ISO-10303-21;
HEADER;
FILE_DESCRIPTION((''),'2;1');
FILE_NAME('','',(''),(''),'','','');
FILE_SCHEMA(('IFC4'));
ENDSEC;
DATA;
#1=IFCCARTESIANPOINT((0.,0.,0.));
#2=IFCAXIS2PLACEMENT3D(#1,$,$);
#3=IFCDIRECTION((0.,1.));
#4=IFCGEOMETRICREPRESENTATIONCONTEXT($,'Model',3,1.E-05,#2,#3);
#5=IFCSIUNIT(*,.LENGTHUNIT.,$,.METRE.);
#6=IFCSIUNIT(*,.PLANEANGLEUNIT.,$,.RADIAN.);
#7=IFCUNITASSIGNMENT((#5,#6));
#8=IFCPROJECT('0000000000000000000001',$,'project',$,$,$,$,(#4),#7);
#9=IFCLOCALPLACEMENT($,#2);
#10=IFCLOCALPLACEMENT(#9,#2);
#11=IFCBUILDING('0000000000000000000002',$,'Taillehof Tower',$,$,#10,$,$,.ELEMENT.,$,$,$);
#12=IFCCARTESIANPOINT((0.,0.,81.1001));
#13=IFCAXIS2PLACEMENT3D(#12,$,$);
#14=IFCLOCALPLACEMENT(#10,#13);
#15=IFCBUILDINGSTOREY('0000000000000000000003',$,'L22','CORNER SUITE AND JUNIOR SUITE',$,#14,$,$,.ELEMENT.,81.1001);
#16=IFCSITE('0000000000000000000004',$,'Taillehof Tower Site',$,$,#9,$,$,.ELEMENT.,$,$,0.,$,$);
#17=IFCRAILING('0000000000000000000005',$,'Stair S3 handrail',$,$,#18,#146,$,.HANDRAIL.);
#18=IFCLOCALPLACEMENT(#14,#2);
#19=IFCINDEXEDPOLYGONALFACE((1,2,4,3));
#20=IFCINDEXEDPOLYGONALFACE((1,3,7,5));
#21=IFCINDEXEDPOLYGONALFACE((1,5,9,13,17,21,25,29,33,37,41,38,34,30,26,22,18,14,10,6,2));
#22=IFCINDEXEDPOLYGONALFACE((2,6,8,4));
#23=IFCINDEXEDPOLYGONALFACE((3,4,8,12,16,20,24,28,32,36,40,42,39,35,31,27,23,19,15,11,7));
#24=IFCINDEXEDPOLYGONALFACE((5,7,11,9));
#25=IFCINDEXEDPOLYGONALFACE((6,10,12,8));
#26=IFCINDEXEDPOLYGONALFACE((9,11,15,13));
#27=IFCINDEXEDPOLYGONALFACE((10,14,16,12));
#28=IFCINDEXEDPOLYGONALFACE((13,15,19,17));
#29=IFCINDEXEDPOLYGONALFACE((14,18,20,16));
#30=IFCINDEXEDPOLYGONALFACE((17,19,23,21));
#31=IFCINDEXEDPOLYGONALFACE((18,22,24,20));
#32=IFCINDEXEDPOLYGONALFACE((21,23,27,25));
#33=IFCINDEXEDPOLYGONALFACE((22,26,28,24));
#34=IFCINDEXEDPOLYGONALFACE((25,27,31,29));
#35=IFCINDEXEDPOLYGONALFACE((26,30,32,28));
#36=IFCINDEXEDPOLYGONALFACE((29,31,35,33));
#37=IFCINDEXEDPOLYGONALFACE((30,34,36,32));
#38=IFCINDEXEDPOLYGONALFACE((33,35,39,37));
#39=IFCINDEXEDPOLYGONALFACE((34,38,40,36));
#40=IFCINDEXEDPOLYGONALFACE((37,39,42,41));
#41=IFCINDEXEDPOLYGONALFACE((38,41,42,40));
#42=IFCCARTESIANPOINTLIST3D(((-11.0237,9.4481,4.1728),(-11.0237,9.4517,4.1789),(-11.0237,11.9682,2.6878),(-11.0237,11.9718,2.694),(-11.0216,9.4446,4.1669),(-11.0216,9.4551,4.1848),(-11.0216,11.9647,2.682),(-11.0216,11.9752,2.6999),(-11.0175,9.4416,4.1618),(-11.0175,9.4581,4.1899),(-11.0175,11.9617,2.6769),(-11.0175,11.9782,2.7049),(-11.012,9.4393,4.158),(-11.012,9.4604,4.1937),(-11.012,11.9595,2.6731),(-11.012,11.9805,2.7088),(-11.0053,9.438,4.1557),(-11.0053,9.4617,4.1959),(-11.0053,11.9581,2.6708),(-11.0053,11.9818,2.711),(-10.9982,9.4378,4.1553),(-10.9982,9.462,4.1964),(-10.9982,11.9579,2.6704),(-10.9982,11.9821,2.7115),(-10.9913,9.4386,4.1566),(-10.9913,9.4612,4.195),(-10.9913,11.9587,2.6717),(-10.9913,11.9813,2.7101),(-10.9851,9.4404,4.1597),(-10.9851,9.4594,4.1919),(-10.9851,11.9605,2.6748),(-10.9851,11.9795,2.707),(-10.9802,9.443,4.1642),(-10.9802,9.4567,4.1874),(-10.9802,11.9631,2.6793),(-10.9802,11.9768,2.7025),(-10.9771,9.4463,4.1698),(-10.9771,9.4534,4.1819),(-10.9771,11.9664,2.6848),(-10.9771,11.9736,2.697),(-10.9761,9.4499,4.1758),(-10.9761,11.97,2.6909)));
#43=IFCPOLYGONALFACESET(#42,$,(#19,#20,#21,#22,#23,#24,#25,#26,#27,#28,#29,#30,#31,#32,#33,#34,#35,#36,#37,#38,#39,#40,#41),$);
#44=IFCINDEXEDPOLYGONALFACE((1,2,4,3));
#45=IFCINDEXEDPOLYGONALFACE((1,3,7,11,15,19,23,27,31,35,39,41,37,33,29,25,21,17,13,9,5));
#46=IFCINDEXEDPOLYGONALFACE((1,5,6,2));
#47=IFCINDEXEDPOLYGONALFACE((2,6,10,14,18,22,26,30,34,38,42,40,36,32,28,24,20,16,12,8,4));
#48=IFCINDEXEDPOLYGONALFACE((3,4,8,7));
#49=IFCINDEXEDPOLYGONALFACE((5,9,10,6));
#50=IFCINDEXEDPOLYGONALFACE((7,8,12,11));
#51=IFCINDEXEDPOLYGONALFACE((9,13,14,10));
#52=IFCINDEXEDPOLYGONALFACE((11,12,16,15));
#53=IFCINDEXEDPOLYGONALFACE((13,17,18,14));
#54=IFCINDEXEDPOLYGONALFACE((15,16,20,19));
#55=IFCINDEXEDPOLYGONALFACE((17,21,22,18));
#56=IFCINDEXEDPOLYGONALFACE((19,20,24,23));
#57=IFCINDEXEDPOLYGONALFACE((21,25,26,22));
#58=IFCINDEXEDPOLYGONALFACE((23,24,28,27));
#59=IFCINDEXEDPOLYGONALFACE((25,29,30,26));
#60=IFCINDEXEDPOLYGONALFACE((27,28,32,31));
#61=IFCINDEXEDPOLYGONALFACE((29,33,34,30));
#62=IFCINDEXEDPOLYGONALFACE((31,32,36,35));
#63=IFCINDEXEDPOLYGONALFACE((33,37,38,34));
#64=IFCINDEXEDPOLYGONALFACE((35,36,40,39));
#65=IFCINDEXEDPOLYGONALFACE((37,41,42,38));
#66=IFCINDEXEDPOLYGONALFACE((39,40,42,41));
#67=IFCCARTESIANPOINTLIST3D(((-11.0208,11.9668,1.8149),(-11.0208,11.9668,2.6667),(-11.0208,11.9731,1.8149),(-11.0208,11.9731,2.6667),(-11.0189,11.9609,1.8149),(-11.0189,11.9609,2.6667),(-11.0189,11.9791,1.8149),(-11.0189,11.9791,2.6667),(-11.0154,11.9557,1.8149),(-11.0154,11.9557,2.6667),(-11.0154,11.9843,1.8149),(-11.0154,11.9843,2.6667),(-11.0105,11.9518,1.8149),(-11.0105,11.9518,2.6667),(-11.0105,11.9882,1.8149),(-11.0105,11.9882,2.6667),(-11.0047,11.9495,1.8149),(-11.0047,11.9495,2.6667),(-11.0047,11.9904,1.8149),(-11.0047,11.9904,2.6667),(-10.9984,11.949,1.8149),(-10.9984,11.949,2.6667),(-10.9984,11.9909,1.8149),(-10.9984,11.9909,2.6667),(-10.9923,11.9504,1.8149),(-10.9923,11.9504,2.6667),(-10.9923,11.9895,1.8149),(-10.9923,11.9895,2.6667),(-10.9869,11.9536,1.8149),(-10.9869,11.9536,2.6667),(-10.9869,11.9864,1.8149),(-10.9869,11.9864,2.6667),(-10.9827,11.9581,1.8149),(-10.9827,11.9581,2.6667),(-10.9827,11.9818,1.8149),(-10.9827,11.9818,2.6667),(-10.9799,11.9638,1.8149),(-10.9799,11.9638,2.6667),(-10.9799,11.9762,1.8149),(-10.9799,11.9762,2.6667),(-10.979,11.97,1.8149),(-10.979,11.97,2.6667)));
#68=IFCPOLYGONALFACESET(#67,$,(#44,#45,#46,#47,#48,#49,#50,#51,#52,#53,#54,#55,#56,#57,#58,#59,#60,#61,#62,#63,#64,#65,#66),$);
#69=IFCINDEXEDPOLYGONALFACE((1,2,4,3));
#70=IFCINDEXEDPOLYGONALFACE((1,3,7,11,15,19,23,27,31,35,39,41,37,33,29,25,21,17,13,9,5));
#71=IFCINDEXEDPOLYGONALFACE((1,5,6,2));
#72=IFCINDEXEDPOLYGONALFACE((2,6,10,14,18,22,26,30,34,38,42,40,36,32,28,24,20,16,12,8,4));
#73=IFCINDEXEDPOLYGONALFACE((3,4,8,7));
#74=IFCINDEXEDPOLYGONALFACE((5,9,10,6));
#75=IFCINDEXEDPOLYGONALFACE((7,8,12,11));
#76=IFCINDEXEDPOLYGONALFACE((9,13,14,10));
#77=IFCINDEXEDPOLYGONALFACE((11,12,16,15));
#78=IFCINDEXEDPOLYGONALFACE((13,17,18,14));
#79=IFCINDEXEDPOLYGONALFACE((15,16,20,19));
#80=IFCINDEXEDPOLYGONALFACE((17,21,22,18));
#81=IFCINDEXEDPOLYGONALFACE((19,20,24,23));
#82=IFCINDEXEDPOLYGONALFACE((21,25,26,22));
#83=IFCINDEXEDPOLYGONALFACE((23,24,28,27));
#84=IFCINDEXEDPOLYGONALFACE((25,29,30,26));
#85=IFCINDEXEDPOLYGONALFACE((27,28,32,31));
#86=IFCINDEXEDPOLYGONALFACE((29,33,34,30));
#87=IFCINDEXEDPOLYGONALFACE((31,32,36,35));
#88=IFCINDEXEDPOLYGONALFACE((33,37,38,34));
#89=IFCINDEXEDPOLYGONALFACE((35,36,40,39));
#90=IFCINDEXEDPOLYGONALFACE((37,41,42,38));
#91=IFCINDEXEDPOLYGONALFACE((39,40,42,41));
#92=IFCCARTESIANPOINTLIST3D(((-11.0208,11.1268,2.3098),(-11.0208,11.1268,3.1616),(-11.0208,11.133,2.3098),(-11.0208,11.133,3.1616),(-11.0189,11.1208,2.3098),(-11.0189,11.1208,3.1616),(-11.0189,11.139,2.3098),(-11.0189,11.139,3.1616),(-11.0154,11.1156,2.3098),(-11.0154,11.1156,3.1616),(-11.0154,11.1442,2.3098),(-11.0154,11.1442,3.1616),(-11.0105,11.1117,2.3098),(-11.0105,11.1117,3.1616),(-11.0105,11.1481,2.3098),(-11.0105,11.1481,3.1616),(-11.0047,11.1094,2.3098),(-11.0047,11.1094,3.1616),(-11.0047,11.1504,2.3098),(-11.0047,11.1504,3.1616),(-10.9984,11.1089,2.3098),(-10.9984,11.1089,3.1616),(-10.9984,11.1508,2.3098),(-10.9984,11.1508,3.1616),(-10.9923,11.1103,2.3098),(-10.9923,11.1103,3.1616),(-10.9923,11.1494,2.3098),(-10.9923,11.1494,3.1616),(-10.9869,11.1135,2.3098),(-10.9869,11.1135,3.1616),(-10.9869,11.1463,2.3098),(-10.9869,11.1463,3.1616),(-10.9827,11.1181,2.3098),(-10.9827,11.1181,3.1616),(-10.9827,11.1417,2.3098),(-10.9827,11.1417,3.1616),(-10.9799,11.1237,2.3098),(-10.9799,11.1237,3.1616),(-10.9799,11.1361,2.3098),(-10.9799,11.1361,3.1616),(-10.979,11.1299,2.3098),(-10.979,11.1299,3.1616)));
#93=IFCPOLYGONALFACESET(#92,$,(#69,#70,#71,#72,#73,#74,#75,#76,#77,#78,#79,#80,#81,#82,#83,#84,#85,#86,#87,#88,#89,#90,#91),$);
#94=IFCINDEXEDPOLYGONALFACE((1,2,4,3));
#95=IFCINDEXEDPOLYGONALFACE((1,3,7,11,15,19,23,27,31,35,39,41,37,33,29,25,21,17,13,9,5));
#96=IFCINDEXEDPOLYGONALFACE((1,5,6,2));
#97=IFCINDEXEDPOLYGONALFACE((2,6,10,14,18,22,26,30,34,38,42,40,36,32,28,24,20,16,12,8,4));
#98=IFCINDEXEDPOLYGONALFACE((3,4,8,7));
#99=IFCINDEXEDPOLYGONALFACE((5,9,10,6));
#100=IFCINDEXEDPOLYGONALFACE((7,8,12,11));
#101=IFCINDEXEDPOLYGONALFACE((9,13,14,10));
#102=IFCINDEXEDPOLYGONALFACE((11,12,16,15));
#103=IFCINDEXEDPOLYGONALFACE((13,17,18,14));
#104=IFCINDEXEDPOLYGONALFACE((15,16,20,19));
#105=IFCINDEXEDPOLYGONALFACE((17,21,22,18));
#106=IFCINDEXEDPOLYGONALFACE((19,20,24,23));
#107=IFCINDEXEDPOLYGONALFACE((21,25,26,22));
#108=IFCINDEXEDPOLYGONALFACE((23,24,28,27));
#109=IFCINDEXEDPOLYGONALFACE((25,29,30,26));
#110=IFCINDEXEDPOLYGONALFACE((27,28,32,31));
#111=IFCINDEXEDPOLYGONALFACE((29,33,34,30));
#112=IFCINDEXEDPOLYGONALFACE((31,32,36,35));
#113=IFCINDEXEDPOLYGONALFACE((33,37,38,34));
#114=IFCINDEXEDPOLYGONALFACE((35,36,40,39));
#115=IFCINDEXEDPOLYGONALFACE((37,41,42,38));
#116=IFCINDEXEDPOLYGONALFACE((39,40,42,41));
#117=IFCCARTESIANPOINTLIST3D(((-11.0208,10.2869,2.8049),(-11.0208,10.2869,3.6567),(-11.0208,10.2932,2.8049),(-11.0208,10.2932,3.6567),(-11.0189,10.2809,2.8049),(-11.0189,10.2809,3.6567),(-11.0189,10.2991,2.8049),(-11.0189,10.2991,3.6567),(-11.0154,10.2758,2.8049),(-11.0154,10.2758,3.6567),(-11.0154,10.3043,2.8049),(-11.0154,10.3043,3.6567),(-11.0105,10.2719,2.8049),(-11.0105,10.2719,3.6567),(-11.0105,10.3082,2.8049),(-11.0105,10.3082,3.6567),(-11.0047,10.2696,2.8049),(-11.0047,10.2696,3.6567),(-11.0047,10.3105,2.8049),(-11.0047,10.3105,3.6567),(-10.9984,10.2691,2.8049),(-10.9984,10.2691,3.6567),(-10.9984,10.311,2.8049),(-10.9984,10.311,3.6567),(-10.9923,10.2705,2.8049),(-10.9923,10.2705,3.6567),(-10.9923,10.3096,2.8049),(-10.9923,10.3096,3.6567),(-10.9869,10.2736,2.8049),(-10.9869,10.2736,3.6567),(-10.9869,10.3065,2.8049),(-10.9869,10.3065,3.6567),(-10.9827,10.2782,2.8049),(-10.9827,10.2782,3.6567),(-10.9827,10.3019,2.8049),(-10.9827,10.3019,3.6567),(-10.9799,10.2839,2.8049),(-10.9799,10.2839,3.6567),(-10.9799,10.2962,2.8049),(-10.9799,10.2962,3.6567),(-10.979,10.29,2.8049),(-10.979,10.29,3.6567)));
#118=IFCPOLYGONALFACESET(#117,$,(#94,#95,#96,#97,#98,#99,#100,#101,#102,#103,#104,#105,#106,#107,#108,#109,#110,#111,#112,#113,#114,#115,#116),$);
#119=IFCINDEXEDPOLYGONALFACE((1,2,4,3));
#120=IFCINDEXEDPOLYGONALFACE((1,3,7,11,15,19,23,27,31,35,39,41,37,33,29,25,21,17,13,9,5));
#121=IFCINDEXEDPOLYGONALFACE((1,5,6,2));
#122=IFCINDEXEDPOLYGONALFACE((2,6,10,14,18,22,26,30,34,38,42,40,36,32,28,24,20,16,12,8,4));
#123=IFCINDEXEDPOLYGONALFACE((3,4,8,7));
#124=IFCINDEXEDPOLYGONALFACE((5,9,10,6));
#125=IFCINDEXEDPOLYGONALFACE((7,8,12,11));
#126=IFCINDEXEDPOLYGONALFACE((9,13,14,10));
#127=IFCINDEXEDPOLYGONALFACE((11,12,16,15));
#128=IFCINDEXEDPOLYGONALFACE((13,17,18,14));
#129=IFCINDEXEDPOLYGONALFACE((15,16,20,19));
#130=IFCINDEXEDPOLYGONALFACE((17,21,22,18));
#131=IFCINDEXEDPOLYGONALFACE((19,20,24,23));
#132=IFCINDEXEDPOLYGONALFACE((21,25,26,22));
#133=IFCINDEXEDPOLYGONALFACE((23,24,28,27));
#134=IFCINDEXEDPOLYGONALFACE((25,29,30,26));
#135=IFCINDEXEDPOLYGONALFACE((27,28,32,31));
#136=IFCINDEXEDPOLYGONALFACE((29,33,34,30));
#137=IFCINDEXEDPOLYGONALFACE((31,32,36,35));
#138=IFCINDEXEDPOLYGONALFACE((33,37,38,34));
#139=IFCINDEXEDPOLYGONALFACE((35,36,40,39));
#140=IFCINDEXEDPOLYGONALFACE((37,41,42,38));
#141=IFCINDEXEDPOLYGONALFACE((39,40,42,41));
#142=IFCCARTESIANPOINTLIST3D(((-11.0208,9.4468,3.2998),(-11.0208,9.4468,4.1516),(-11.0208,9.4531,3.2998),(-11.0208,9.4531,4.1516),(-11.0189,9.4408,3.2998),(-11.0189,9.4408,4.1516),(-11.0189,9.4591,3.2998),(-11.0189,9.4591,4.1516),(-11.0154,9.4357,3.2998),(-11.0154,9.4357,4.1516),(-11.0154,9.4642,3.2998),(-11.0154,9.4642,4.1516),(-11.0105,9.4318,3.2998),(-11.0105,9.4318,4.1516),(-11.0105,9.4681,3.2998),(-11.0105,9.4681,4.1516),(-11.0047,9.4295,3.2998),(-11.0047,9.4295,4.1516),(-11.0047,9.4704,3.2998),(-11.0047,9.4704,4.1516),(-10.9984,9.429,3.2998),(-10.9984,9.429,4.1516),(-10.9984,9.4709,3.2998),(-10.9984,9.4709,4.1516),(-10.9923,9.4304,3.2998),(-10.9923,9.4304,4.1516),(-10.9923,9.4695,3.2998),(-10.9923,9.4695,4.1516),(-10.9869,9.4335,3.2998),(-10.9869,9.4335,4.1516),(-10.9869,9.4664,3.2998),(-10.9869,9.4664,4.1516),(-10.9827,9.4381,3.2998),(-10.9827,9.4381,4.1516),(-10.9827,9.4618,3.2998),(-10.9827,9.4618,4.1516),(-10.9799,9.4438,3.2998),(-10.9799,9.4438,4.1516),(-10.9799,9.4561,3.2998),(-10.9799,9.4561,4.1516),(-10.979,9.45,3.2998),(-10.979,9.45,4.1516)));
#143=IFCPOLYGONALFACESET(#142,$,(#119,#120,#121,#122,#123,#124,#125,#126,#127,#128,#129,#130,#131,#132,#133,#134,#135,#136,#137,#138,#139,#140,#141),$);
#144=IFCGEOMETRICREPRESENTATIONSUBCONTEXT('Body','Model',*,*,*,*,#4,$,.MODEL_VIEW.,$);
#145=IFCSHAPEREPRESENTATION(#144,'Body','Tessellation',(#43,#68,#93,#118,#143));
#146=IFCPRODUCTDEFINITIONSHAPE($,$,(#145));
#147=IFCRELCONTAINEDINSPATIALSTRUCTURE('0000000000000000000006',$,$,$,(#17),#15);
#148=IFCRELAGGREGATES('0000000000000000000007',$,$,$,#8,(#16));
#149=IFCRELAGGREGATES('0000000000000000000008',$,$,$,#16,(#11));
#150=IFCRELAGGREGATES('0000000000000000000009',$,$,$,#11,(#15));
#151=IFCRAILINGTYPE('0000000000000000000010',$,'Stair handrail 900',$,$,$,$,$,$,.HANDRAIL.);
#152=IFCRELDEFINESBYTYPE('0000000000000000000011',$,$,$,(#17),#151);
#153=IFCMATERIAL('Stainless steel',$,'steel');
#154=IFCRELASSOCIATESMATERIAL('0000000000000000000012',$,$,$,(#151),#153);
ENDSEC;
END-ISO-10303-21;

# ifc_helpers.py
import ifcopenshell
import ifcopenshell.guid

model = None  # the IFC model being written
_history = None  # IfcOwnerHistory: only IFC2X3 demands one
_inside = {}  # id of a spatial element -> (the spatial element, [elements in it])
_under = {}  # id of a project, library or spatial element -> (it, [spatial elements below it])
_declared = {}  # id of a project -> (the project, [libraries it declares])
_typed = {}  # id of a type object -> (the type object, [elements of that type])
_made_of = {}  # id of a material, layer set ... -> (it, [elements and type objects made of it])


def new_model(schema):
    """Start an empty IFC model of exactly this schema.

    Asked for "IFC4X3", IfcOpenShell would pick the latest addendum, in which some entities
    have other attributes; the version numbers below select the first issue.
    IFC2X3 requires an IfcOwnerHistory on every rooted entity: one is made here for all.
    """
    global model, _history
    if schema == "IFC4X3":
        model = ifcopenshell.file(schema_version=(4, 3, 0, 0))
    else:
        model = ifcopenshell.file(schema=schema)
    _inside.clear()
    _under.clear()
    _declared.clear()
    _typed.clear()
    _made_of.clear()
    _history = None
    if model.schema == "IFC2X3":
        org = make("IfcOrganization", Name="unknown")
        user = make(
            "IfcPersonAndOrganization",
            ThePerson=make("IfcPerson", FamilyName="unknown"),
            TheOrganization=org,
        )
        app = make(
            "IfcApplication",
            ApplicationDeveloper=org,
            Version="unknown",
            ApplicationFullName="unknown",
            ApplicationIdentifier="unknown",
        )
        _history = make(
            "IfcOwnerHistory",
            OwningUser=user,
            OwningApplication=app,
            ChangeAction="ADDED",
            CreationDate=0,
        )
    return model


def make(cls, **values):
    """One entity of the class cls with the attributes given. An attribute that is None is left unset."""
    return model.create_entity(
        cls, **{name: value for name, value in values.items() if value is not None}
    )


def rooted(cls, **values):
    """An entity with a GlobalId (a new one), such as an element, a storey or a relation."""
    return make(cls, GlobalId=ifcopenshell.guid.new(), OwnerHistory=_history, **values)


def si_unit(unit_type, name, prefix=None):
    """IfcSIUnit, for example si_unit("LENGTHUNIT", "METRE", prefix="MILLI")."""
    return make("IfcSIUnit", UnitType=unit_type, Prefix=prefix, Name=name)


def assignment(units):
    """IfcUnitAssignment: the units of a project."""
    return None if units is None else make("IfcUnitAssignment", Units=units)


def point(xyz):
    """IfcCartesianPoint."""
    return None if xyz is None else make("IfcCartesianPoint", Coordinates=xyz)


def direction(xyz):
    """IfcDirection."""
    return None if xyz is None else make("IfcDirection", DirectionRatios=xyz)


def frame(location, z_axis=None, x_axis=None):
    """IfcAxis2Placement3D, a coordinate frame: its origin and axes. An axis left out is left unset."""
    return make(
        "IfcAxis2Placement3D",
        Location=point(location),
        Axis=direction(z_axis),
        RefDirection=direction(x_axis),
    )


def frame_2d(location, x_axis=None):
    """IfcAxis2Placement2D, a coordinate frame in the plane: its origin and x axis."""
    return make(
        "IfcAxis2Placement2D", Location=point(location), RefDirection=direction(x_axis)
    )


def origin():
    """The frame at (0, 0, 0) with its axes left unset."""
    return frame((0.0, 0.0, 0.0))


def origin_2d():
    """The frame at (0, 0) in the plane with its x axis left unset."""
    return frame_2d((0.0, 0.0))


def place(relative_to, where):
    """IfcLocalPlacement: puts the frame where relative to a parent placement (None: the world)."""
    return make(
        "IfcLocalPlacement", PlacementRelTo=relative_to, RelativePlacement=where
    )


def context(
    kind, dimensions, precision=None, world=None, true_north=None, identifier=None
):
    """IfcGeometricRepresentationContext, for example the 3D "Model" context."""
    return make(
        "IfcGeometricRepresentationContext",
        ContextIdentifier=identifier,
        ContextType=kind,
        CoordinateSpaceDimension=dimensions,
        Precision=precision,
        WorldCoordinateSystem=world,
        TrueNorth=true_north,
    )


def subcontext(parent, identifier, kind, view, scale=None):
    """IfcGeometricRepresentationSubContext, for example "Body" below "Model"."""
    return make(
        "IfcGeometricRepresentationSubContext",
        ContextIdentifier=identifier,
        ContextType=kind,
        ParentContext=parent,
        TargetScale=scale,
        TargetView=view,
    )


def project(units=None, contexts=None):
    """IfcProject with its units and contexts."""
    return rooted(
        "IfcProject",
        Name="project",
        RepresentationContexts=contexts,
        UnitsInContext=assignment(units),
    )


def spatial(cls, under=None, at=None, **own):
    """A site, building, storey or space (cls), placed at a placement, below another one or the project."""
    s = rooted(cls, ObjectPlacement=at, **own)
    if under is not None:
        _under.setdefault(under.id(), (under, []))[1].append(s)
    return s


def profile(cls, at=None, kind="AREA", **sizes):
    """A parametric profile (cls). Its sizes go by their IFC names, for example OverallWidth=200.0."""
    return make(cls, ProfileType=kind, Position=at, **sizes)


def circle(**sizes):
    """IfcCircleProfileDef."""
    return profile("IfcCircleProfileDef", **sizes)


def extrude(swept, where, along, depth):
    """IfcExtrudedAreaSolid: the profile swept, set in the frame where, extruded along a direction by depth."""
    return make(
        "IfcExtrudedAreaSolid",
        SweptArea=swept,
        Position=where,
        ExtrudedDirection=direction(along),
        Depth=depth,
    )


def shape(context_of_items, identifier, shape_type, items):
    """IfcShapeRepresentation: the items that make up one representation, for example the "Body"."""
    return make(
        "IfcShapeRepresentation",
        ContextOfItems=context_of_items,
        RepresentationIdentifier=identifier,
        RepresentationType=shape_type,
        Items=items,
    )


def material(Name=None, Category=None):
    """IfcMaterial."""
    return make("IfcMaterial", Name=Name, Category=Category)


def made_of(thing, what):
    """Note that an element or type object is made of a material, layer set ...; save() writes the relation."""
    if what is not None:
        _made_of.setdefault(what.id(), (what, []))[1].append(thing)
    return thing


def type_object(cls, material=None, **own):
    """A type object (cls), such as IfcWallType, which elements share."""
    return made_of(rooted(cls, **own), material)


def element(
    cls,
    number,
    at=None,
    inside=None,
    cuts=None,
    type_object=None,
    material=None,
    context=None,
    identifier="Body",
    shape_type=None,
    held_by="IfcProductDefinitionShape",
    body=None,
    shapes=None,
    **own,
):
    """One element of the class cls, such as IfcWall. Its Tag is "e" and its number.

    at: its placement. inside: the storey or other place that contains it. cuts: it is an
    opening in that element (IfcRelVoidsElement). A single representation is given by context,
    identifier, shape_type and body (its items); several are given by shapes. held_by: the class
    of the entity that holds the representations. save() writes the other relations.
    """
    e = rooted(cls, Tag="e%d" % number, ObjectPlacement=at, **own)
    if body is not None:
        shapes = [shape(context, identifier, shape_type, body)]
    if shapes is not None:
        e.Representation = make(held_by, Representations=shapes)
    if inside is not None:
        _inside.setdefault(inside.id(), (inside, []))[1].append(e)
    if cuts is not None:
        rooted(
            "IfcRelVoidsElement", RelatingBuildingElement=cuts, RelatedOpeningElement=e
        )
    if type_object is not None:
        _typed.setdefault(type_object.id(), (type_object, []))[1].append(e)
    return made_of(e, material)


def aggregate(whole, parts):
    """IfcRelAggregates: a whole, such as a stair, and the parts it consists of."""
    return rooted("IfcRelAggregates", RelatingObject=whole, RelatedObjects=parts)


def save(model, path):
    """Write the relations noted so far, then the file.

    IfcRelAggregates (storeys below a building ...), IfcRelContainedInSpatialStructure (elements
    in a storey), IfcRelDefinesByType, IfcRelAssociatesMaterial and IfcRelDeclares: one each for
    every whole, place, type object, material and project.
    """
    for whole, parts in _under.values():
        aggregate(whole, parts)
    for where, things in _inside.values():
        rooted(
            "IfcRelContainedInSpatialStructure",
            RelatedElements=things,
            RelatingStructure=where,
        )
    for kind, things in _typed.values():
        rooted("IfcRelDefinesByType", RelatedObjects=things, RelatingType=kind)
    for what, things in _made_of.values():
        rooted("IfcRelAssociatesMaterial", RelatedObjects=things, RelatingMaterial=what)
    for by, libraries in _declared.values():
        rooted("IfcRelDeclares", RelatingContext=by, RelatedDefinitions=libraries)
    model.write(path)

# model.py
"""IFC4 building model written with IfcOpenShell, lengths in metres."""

from ifc_helpers import new_model, si_unit, direction, frame, origin, origin_2d, place, context, subcontext, project, spatial, circle, extrude, material, type_object, element, save


model = new_model("IFC4")

# Units and contexts
model_context = context("Model", 3, precision=1e-05, world=origin(), true_north=direction((0.0, 1.0)))
body_context = subcontext(model_context, "Body", "Model", "MODEL_VIEW")
ifc_project = project(units=[si_unit("LENGTHUNIT", "METRE"), si_unit("PLANEANGLEUNIT", "RADIAN")], contexts=[model_context])

# Site, building, storey
site_placement = place(None, origin())
site = spatial("IfcSite", under=ifc_project, at=site_placement, Name="Taillehof Tower Site", CompositionType="ELEMENT", RefElevation=0.0)
building_placement = place(site_placement, origin())
building = spatial("IfcBuilding", under=site, at=building_placement, Name="Taillehof Tower", CompositionType="ELEMENT")
storey_placement = place(building_placement, frame((0.0, 0.0, 81.1001)))
storey = spatial("IfcBuildingStorey", under=building, at=storey_placement, Name="L22", Description="CORNER SUITE AND JUNIOR SUITE", CompositionType="ELEMENT", Elevation=81.1001)

# Railing
ifc_material_1 = material(Name="Stainless steel", Category="steel")
railing_type = type_object("IfcRailingType", Name="Stair handrail 900", PredefinedType="HANDRAIL", material=ifc_material_1)
railing_1_placement = place(storey_placement, frame((-11.0, 11.97, 1.8149)))
element("IfcRailing", 1, at=railing_1_placement, inside=storey, type_object=railing_type, Name="Stair S3 handrail", PredefinedType="HANDRAIL", context=body_context, shape_type="SweptSolid", body=[
    extrude(circle(Radius=0.0239, at=origin_2d()), frame((0.0, 0.0, 0.876), z_axis=(0.0, -0.861561, 0.507655), x_axis=(1.0, 0.0, 0.0)), (0.0, 0.0, 1.0), 2.925),
    extrude(circle(Radius=0.021, at=origin_2d()), origin(), (0.0, 0.0, 1.0), 0.8518),
    extrude(circle(Radius=0.021, at=origin_2d()), frame((0.0, -0.8401, 0.4949)), (0.0, 0.0, 1.0), 0.8518),
    extrude(circle(Radius=0.021, at=origin_2d()), frame((0.0, -1.6799, 0.99)), (0.0, 0.0, 1.0), 0.8518),
    extrude(circle(Radius=0.021, at=origin_2d()), frame((0.0, -2.52, 1.4849)), (0.0, 0.0, 1.0), 0.8518),
])

save(model, "model.ifc")
